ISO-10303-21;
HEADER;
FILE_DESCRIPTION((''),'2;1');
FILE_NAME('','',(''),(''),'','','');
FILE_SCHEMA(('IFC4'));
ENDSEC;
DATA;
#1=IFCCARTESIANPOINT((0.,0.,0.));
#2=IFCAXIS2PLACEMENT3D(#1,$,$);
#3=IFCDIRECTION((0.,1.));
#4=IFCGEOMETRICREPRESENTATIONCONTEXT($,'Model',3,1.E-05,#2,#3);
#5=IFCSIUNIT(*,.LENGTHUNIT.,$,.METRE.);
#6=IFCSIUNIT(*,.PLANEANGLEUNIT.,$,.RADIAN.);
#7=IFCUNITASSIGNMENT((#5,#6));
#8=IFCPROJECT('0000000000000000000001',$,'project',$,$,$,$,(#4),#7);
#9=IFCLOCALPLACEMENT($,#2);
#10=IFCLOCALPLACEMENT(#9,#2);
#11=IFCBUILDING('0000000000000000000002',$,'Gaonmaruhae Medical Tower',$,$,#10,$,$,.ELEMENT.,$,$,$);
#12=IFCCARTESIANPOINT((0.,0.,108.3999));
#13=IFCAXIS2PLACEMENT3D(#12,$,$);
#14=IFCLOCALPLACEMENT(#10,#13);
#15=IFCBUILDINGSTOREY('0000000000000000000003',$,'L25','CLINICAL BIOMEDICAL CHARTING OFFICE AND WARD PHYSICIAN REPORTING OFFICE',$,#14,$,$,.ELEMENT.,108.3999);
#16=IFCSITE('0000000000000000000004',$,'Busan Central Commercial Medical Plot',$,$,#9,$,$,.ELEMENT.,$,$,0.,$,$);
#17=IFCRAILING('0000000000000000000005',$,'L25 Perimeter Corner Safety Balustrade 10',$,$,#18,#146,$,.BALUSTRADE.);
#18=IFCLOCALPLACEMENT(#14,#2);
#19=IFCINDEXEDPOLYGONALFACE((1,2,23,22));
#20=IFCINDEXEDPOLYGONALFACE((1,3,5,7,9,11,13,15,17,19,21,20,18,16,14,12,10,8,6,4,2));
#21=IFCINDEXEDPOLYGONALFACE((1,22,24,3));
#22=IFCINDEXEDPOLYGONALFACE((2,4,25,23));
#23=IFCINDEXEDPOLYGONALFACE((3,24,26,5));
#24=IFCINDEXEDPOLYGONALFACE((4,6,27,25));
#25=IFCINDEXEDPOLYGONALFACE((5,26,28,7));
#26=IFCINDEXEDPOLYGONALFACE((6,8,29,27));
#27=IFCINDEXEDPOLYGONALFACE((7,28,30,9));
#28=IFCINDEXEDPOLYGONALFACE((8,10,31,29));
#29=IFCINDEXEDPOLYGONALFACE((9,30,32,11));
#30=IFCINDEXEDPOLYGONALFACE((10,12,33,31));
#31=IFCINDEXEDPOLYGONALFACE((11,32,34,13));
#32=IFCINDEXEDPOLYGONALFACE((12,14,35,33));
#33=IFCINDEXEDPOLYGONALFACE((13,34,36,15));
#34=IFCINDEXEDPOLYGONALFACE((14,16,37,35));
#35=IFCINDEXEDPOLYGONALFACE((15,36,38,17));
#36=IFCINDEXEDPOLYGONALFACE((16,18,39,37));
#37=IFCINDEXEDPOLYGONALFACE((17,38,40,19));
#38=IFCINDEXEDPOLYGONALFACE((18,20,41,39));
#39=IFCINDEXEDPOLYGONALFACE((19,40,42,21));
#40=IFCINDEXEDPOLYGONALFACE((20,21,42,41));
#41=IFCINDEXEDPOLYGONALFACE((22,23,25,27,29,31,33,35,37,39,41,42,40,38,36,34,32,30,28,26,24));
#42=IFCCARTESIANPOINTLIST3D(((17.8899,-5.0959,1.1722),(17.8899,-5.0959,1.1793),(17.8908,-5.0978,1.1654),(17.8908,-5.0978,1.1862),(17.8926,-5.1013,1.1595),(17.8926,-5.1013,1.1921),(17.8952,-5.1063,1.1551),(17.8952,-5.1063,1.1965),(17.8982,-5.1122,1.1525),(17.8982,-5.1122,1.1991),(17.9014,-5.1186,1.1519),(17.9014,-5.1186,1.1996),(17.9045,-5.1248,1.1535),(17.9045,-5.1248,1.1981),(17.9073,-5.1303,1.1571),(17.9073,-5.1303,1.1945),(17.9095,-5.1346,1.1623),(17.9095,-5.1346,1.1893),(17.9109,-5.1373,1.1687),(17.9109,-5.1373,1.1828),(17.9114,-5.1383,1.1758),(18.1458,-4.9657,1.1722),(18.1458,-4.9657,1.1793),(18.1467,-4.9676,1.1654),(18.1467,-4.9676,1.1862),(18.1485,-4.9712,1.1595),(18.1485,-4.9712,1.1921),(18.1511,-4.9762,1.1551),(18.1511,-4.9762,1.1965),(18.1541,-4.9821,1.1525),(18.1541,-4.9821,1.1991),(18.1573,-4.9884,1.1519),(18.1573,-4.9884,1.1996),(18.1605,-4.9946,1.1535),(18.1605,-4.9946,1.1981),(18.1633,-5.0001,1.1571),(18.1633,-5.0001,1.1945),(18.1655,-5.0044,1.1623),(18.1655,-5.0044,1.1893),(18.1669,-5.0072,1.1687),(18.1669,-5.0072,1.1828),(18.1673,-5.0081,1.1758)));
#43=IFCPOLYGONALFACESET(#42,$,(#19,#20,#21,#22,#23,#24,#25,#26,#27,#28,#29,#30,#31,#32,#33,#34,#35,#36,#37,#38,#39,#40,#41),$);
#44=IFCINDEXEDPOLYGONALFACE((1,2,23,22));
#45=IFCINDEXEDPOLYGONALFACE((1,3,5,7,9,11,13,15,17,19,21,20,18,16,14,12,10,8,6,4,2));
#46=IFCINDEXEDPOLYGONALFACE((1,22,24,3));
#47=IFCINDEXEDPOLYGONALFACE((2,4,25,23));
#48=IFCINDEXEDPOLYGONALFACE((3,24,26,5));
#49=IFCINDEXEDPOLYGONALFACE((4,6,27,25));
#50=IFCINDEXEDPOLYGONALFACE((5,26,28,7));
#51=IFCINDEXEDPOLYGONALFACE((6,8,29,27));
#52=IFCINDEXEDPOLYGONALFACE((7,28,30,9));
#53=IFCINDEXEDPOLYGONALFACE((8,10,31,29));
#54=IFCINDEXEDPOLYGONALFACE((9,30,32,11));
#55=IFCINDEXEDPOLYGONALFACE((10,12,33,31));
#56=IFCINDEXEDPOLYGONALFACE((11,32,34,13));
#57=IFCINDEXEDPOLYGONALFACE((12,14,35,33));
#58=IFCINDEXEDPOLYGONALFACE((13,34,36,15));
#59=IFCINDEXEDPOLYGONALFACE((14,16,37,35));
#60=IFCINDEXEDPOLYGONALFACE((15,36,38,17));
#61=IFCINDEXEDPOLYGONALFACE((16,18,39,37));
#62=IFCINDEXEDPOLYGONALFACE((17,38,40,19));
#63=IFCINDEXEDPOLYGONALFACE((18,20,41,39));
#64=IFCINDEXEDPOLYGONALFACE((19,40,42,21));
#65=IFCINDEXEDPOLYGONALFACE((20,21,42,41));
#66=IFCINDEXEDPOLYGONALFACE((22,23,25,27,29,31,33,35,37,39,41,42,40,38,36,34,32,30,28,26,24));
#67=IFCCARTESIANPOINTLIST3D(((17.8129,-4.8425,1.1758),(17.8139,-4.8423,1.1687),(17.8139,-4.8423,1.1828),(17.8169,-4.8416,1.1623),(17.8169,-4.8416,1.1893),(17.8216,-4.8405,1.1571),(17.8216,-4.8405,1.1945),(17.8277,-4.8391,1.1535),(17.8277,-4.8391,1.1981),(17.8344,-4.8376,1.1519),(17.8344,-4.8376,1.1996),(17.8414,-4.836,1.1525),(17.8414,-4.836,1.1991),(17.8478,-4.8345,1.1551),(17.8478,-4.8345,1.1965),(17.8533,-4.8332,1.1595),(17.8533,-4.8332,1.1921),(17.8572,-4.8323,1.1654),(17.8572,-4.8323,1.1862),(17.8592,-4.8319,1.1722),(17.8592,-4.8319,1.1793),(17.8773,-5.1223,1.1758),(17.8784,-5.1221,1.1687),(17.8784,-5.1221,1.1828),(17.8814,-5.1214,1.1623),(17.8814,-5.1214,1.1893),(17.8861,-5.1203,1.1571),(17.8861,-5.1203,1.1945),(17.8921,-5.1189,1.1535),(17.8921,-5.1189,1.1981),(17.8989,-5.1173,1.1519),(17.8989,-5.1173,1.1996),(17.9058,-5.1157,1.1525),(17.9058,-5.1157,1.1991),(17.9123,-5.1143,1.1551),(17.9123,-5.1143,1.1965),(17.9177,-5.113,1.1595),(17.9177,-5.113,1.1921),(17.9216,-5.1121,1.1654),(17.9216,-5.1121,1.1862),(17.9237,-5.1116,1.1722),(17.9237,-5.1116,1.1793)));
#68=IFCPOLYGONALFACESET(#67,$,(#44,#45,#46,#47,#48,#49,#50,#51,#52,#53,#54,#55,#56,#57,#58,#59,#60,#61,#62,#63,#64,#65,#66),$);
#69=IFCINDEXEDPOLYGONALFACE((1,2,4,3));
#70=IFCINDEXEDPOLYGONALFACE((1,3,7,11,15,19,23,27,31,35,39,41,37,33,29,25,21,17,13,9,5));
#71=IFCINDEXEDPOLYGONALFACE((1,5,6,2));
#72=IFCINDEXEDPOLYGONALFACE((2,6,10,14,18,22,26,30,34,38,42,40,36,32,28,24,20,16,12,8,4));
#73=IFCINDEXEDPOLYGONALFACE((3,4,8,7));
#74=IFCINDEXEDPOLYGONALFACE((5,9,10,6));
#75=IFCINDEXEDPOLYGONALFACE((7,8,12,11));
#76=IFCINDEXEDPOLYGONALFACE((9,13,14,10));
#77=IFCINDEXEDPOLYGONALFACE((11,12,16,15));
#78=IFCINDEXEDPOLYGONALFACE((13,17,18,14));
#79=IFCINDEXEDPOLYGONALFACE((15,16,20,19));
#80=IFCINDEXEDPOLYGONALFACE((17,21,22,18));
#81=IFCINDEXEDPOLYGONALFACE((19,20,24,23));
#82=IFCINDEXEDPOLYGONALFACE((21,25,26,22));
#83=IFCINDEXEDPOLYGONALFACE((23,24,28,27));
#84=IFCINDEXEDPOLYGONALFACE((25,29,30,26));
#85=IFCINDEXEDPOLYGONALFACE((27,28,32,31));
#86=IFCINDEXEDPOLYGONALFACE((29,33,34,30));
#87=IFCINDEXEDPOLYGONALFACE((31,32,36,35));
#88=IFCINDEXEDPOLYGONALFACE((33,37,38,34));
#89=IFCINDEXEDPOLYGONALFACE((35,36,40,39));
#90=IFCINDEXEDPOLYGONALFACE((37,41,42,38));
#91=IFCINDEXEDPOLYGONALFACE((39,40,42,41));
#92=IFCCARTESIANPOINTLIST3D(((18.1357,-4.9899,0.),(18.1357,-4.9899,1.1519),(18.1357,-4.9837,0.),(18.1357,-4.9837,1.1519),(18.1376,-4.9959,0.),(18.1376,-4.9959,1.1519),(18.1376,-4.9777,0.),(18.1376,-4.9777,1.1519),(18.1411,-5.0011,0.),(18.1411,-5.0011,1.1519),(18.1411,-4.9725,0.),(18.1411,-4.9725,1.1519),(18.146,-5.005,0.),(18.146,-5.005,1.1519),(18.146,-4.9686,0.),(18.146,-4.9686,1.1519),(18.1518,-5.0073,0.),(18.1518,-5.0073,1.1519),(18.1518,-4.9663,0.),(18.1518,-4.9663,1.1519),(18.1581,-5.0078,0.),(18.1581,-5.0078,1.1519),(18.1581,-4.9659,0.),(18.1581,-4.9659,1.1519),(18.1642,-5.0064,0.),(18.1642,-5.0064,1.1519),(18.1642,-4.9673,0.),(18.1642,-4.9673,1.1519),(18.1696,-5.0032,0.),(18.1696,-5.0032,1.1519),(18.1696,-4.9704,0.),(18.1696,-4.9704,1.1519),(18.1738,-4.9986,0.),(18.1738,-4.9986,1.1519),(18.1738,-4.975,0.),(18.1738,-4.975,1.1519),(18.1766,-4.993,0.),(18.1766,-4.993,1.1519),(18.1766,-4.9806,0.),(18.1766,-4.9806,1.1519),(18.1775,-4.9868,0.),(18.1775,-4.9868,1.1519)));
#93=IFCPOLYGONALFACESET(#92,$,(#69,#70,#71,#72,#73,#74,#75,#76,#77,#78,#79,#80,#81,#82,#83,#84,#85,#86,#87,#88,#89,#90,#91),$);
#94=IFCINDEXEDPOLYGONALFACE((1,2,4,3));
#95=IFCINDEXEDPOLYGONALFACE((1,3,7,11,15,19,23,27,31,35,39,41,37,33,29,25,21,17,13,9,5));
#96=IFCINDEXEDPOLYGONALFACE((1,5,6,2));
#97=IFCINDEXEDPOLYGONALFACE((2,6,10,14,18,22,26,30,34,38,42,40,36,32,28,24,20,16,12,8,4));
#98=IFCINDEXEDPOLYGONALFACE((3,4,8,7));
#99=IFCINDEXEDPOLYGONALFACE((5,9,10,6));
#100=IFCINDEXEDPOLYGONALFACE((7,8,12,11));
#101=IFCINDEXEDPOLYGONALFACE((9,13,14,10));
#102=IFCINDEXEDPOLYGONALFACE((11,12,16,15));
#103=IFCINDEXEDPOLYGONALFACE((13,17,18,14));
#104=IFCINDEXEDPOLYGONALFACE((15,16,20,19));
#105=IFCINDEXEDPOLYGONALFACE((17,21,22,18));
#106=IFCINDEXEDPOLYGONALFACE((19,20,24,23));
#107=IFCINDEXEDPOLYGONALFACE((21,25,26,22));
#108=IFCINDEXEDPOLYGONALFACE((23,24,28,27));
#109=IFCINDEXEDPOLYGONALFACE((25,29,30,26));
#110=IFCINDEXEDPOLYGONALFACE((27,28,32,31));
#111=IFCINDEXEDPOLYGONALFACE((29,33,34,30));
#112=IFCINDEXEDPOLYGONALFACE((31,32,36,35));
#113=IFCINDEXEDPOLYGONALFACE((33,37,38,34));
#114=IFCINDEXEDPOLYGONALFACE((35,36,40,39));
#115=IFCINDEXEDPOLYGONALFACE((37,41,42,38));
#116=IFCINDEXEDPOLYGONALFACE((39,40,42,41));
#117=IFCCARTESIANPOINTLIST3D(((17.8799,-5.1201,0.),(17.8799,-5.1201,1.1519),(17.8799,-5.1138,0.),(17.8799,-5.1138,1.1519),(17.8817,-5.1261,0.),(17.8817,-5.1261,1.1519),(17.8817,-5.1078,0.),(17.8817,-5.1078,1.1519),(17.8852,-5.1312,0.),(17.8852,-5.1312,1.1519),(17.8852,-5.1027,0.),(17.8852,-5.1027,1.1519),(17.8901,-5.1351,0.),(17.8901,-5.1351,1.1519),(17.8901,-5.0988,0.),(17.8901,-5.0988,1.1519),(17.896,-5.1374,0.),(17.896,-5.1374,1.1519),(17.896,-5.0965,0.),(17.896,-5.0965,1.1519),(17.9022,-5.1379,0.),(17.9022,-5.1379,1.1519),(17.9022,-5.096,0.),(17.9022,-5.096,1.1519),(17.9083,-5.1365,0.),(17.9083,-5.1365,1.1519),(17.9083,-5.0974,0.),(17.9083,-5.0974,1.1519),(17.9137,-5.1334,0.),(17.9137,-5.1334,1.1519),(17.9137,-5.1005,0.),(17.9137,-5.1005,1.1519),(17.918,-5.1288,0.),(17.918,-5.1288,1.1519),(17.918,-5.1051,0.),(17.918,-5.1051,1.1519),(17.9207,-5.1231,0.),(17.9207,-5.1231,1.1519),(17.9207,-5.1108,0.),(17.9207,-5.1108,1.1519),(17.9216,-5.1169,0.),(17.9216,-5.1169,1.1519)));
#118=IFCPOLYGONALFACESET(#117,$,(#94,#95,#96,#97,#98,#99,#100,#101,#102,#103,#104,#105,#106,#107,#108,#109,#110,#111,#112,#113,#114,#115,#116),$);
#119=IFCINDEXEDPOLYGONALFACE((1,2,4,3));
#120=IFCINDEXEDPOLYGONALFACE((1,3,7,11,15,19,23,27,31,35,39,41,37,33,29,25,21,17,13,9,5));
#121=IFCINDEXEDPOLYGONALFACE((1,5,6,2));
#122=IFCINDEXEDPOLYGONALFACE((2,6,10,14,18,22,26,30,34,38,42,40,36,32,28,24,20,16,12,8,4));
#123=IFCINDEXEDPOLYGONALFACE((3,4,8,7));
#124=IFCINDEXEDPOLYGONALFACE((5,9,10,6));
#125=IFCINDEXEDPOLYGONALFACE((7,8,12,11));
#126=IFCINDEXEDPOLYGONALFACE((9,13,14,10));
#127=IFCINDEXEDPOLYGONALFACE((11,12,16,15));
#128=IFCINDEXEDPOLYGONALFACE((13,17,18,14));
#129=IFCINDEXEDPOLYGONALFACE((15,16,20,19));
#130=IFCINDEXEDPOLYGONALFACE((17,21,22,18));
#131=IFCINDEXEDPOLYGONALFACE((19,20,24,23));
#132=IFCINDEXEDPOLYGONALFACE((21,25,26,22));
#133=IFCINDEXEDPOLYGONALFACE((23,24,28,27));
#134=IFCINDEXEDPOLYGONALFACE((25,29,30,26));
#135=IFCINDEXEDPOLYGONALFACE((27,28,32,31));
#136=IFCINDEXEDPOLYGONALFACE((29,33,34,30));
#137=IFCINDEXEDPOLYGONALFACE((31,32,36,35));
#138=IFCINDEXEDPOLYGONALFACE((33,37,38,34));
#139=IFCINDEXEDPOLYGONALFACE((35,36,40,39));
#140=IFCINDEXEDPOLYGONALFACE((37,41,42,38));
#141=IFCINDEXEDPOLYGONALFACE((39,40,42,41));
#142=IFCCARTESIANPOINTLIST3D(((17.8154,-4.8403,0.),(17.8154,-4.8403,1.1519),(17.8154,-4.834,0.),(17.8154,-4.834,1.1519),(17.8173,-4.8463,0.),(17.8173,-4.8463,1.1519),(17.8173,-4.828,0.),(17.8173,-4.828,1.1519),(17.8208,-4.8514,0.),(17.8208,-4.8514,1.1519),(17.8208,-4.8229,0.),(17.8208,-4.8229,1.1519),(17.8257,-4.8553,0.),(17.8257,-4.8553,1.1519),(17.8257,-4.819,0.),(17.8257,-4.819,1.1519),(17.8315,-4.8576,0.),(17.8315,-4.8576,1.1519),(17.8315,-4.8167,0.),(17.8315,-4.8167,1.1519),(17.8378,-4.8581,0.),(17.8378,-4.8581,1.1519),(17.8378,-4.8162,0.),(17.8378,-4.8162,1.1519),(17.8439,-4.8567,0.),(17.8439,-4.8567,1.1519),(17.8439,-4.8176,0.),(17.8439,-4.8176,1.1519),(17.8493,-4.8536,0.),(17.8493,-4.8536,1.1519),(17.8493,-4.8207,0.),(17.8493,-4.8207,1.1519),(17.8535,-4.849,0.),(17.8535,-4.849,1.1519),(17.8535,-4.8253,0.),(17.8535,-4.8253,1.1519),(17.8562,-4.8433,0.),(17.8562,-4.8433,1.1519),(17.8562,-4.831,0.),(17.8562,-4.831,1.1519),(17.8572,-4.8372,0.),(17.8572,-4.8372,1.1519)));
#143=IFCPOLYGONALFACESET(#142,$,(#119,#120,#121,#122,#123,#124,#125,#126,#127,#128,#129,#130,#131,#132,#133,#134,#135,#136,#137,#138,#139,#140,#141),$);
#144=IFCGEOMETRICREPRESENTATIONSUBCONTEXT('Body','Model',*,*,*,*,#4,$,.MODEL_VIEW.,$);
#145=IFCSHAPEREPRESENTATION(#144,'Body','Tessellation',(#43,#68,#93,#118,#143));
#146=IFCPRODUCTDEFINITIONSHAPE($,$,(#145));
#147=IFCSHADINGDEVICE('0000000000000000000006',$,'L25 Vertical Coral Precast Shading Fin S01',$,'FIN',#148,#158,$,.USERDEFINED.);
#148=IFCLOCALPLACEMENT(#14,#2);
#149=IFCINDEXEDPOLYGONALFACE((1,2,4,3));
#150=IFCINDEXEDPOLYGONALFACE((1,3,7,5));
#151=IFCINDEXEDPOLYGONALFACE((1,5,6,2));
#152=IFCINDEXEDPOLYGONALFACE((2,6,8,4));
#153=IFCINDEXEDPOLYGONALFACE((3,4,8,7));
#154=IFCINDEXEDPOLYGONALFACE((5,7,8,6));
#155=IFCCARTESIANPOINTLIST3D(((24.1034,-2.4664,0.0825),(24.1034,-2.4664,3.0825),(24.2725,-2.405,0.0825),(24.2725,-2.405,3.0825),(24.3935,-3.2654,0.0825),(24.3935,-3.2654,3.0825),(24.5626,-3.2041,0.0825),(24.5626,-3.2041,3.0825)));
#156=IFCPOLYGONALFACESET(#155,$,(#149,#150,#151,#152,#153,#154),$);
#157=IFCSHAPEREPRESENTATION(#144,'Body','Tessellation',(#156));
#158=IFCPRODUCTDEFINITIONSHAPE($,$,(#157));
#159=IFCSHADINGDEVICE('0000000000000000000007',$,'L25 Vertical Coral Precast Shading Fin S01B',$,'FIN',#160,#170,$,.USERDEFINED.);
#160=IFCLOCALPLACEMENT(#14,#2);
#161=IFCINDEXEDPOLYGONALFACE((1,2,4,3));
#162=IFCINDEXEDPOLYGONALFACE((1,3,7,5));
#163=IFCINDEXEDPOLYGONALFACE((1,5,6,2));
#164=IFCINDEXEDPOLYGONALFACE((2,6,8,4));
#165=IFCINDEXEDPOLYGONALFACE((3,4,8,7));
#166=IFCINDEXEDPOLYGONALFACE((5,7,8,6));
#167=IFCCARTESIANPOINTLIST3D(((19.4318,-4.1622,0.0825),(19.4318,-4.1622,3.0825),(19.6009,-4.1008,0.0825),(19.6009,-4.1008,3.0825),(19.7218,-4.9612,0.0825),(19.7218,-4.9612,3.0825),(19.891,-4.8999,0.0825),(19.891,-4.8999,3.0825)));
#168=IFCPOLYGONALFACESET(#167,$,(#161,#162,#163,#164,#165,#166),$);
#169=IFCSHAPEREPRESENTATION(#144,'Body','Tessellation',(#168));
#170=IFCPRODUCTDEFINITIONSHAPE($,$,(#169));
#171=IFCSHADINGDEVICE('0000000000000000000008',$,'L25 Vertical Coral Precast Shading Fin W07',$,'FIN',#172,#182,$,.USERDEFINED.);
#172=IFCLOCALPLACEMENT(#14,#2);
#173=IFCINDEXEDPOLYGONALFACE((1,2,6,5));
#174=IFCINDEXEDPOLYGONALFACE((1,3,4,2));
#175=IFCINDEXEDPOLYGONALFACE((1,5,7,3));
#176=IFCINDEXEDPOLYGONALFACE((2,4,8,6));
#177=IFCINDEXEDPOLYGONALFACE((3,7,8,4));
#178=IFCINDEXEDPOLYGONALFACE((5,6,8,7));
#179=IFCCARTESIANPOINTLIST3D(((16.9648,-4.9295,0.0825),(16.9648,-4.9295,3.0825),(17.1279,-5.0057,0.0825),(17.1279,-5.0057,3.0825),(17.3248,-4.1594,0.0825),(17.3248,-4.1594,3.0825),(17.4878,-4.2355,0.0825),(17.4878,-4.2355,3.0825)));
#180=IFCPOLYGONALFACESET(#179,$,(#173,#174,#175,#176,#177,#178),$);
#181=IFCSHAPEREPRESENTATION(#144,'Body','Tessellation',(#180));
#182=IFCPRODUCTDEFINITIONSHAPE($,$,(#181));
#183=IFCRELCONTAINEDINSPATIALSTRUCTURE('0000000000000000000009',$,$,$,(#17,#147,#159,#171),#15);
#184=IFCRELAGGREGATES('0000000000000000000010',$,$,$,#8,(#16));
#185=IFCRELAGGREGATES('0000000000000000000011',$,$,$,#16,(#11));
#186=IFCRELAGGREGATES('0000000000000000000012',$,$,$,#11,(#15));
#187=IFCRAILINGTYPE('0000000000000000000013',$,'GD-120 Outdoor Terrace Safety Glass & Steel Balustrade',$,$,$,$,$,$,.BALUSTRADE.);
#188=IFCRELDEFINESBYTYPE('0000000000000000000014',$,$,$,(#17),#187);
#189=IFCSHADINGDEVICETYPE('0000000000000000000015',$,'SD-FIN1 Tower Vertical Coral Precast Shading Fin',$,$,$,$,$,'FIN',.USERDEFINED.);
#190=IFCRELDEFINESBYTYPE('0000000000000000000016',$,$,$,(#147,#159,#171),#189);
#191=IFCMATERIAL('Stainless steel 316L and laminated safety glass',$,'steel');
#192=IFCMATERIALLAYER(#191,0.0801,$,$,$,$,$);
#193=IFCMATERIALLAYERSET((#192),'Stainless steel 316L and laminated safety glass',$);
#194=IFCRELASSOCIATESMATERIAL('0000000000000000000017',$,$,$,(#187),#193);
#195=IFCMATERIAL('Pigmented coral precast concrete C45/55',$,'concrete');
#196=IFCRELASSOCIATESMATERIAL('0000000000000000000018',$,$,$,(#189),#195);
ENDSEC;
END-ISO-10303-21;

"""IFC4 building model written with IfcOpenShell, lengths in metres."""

from ifc_helpers import new_model, si_unit, direction, frame, origin, origin_2d, place, context, subcontext, project, spatial, rectangle, circle, extrude, material, layer, layer_set, type_object, element, save


model = new_model("IFC4")

# Units and contexts
model_context = context("Model", 3, precision=1e-05, world=origin(), true_north=direction((0.0, 1.0)))
body_context = subcontext(model_context, "Body", "Model", "MODEL_VIEW")
ifc_project = project(units=[si_unit("LENGTHUNIT", "METRE"), si_unit("PLANEANGLEUNIT", "RADIAN")], contexts=[model_context])

# Site, building, storey
site_placement = place(None, origin())
site = spatial("IfcSite", under=ifc_project, at=site_placement, Name="Busan Central Commercial Medical Plot", CompositionType="ELEMENT", RefElevation=0.0)
building_placement = place(site_placement, origin())
building = spatial("IfcBuilding", under=site, at=building_placement, Name="Gaonmaruhae Medical Tower", CompositionType="ELEMENT")
storey_placement = place(building_placement, frame((0.0, 0.0, 108.3999)))
storey = spatial("IfcBuildingStorey", under=building, at=storey_placement, Name="L25", Description="CLINICAL BIOMEDICAL CHARTING OFFICE AND WARD PHYSICIAN REPORTING OFFICE", CompositionType="ELEMENT", Elevation=108.3999)

# Railing
ifc_material_1 = material(Name="Stainless steel 316L and laminated safety glass", Category="steel")
ifc_layer_1 = layer(ifc_material_1, 0.0801)
ifc_layer_set_1 = layer_set([ifc_layer_1], Name="Stainless steel 316L and laminated safety glass")
railing_type_1 = type_object("IfcRailingType", Name="GD-120 Outdoor Terrace Safety Glass & Steel Balustrade", PredefinedType="BALUSTRADE", material=ifc_layer_set_1)
railing_1_placement = place(storey_placement, frame((18.1565, -4.9868, 0.0)))
element("IfcRailing", 1, at=railing_1_placement, inside=storey, type_object=railing_type_1, Name="L25 Perimeter Corner Safety Balustrade 10", PredefinedType="BALUSTRADE", context=body_context, shape_type="SweptSolid", body=[
    extrude(circle(Radius=0.0239, at=origin_2d()), frame((0.0, 0.0, 1.1758), z_axis=(-0.891344, -0.453327, 0.0), x_axis=(0.453327, -0.891344, 0.0)), (0.0, 0.0, 1.0), 0.2871),
    extrude(circle(Radius=0.0239, at=origin_2d()), frame((-0.2559, -0.1301, 1.1758), z_axis=(-0.224487, 0.974477, 0.0), x_axis=(-0.974477, -0.224487, 0.0)), (0.0, 0.0, 1.0), 0.2871),
    extrude(circle(Radius=0.021, at=origin_2d()), origin(), (0.0, 0.0, 1.0), 1.1519),
    extrude(circle(Radius=0.021, at=origin_2d()), frame((-0.2559, -0.1301, 0.0)), (0.0, 0.0, 1.0), 1.1519),
    extrude(circle(Radius=0.021, at=origin_2d()), frame((-0.3203, 0.1497, 0.0)), (0.0, 0.0, 1.0), 1.1519),
])

# Shading devices
ifc_material_2 = material(Name="Pigmented coral precast concrete C45/55", Category="concrete")
shading_device_type = type_object("IfcShadingDeviceType", Name="SD-FIN1 Tower Vertical Coral Precast Shading Fin", ElementType="FIN", PredefinedType="USERDEFINED", material=ifc_material_2)
for number, where, z_axis, x_axis, name in (
    (2, (24.333, -2.8352, 0.0825), (0.0, 0.0, 1.0), (-0.939991, -0.3412, 0.0), "L25 Vertical Coral Precast Shading Fin S01"),
    (3, (19.6614, -4.531, 0.0825), (0.0, 0.0, 1.0), (-0.939991, -0.3412, 0.0), "L25 Vertical Coral Precast Shading Fin S01B"),
    (4, (17.2263, -4.5825, 0.0825), (0.0, 0.0, 1.0), (-0.905939, 0.423409, 0.0), "L25 Vertical Coral Precast Shading Fin W07"),
):
    element("IfcShadingDevice", number, at=place(storey_placement, frame(where, z_axis=z_axis, x_axis=x_axis)), inside=storey, type_object=shading_device_type, Name=name, ObjectType="FIN", PredefinedType="USERDEFINED", context=body_context, shape_type="SweptSolid", body=[
        extrude(rectangle(XDim=0.1799, YDim=0.8501, at=origin_2d()), origin(), (0.0, 0.0, 1.0), 3.0),
    ])

save(model, "model.ifc")
